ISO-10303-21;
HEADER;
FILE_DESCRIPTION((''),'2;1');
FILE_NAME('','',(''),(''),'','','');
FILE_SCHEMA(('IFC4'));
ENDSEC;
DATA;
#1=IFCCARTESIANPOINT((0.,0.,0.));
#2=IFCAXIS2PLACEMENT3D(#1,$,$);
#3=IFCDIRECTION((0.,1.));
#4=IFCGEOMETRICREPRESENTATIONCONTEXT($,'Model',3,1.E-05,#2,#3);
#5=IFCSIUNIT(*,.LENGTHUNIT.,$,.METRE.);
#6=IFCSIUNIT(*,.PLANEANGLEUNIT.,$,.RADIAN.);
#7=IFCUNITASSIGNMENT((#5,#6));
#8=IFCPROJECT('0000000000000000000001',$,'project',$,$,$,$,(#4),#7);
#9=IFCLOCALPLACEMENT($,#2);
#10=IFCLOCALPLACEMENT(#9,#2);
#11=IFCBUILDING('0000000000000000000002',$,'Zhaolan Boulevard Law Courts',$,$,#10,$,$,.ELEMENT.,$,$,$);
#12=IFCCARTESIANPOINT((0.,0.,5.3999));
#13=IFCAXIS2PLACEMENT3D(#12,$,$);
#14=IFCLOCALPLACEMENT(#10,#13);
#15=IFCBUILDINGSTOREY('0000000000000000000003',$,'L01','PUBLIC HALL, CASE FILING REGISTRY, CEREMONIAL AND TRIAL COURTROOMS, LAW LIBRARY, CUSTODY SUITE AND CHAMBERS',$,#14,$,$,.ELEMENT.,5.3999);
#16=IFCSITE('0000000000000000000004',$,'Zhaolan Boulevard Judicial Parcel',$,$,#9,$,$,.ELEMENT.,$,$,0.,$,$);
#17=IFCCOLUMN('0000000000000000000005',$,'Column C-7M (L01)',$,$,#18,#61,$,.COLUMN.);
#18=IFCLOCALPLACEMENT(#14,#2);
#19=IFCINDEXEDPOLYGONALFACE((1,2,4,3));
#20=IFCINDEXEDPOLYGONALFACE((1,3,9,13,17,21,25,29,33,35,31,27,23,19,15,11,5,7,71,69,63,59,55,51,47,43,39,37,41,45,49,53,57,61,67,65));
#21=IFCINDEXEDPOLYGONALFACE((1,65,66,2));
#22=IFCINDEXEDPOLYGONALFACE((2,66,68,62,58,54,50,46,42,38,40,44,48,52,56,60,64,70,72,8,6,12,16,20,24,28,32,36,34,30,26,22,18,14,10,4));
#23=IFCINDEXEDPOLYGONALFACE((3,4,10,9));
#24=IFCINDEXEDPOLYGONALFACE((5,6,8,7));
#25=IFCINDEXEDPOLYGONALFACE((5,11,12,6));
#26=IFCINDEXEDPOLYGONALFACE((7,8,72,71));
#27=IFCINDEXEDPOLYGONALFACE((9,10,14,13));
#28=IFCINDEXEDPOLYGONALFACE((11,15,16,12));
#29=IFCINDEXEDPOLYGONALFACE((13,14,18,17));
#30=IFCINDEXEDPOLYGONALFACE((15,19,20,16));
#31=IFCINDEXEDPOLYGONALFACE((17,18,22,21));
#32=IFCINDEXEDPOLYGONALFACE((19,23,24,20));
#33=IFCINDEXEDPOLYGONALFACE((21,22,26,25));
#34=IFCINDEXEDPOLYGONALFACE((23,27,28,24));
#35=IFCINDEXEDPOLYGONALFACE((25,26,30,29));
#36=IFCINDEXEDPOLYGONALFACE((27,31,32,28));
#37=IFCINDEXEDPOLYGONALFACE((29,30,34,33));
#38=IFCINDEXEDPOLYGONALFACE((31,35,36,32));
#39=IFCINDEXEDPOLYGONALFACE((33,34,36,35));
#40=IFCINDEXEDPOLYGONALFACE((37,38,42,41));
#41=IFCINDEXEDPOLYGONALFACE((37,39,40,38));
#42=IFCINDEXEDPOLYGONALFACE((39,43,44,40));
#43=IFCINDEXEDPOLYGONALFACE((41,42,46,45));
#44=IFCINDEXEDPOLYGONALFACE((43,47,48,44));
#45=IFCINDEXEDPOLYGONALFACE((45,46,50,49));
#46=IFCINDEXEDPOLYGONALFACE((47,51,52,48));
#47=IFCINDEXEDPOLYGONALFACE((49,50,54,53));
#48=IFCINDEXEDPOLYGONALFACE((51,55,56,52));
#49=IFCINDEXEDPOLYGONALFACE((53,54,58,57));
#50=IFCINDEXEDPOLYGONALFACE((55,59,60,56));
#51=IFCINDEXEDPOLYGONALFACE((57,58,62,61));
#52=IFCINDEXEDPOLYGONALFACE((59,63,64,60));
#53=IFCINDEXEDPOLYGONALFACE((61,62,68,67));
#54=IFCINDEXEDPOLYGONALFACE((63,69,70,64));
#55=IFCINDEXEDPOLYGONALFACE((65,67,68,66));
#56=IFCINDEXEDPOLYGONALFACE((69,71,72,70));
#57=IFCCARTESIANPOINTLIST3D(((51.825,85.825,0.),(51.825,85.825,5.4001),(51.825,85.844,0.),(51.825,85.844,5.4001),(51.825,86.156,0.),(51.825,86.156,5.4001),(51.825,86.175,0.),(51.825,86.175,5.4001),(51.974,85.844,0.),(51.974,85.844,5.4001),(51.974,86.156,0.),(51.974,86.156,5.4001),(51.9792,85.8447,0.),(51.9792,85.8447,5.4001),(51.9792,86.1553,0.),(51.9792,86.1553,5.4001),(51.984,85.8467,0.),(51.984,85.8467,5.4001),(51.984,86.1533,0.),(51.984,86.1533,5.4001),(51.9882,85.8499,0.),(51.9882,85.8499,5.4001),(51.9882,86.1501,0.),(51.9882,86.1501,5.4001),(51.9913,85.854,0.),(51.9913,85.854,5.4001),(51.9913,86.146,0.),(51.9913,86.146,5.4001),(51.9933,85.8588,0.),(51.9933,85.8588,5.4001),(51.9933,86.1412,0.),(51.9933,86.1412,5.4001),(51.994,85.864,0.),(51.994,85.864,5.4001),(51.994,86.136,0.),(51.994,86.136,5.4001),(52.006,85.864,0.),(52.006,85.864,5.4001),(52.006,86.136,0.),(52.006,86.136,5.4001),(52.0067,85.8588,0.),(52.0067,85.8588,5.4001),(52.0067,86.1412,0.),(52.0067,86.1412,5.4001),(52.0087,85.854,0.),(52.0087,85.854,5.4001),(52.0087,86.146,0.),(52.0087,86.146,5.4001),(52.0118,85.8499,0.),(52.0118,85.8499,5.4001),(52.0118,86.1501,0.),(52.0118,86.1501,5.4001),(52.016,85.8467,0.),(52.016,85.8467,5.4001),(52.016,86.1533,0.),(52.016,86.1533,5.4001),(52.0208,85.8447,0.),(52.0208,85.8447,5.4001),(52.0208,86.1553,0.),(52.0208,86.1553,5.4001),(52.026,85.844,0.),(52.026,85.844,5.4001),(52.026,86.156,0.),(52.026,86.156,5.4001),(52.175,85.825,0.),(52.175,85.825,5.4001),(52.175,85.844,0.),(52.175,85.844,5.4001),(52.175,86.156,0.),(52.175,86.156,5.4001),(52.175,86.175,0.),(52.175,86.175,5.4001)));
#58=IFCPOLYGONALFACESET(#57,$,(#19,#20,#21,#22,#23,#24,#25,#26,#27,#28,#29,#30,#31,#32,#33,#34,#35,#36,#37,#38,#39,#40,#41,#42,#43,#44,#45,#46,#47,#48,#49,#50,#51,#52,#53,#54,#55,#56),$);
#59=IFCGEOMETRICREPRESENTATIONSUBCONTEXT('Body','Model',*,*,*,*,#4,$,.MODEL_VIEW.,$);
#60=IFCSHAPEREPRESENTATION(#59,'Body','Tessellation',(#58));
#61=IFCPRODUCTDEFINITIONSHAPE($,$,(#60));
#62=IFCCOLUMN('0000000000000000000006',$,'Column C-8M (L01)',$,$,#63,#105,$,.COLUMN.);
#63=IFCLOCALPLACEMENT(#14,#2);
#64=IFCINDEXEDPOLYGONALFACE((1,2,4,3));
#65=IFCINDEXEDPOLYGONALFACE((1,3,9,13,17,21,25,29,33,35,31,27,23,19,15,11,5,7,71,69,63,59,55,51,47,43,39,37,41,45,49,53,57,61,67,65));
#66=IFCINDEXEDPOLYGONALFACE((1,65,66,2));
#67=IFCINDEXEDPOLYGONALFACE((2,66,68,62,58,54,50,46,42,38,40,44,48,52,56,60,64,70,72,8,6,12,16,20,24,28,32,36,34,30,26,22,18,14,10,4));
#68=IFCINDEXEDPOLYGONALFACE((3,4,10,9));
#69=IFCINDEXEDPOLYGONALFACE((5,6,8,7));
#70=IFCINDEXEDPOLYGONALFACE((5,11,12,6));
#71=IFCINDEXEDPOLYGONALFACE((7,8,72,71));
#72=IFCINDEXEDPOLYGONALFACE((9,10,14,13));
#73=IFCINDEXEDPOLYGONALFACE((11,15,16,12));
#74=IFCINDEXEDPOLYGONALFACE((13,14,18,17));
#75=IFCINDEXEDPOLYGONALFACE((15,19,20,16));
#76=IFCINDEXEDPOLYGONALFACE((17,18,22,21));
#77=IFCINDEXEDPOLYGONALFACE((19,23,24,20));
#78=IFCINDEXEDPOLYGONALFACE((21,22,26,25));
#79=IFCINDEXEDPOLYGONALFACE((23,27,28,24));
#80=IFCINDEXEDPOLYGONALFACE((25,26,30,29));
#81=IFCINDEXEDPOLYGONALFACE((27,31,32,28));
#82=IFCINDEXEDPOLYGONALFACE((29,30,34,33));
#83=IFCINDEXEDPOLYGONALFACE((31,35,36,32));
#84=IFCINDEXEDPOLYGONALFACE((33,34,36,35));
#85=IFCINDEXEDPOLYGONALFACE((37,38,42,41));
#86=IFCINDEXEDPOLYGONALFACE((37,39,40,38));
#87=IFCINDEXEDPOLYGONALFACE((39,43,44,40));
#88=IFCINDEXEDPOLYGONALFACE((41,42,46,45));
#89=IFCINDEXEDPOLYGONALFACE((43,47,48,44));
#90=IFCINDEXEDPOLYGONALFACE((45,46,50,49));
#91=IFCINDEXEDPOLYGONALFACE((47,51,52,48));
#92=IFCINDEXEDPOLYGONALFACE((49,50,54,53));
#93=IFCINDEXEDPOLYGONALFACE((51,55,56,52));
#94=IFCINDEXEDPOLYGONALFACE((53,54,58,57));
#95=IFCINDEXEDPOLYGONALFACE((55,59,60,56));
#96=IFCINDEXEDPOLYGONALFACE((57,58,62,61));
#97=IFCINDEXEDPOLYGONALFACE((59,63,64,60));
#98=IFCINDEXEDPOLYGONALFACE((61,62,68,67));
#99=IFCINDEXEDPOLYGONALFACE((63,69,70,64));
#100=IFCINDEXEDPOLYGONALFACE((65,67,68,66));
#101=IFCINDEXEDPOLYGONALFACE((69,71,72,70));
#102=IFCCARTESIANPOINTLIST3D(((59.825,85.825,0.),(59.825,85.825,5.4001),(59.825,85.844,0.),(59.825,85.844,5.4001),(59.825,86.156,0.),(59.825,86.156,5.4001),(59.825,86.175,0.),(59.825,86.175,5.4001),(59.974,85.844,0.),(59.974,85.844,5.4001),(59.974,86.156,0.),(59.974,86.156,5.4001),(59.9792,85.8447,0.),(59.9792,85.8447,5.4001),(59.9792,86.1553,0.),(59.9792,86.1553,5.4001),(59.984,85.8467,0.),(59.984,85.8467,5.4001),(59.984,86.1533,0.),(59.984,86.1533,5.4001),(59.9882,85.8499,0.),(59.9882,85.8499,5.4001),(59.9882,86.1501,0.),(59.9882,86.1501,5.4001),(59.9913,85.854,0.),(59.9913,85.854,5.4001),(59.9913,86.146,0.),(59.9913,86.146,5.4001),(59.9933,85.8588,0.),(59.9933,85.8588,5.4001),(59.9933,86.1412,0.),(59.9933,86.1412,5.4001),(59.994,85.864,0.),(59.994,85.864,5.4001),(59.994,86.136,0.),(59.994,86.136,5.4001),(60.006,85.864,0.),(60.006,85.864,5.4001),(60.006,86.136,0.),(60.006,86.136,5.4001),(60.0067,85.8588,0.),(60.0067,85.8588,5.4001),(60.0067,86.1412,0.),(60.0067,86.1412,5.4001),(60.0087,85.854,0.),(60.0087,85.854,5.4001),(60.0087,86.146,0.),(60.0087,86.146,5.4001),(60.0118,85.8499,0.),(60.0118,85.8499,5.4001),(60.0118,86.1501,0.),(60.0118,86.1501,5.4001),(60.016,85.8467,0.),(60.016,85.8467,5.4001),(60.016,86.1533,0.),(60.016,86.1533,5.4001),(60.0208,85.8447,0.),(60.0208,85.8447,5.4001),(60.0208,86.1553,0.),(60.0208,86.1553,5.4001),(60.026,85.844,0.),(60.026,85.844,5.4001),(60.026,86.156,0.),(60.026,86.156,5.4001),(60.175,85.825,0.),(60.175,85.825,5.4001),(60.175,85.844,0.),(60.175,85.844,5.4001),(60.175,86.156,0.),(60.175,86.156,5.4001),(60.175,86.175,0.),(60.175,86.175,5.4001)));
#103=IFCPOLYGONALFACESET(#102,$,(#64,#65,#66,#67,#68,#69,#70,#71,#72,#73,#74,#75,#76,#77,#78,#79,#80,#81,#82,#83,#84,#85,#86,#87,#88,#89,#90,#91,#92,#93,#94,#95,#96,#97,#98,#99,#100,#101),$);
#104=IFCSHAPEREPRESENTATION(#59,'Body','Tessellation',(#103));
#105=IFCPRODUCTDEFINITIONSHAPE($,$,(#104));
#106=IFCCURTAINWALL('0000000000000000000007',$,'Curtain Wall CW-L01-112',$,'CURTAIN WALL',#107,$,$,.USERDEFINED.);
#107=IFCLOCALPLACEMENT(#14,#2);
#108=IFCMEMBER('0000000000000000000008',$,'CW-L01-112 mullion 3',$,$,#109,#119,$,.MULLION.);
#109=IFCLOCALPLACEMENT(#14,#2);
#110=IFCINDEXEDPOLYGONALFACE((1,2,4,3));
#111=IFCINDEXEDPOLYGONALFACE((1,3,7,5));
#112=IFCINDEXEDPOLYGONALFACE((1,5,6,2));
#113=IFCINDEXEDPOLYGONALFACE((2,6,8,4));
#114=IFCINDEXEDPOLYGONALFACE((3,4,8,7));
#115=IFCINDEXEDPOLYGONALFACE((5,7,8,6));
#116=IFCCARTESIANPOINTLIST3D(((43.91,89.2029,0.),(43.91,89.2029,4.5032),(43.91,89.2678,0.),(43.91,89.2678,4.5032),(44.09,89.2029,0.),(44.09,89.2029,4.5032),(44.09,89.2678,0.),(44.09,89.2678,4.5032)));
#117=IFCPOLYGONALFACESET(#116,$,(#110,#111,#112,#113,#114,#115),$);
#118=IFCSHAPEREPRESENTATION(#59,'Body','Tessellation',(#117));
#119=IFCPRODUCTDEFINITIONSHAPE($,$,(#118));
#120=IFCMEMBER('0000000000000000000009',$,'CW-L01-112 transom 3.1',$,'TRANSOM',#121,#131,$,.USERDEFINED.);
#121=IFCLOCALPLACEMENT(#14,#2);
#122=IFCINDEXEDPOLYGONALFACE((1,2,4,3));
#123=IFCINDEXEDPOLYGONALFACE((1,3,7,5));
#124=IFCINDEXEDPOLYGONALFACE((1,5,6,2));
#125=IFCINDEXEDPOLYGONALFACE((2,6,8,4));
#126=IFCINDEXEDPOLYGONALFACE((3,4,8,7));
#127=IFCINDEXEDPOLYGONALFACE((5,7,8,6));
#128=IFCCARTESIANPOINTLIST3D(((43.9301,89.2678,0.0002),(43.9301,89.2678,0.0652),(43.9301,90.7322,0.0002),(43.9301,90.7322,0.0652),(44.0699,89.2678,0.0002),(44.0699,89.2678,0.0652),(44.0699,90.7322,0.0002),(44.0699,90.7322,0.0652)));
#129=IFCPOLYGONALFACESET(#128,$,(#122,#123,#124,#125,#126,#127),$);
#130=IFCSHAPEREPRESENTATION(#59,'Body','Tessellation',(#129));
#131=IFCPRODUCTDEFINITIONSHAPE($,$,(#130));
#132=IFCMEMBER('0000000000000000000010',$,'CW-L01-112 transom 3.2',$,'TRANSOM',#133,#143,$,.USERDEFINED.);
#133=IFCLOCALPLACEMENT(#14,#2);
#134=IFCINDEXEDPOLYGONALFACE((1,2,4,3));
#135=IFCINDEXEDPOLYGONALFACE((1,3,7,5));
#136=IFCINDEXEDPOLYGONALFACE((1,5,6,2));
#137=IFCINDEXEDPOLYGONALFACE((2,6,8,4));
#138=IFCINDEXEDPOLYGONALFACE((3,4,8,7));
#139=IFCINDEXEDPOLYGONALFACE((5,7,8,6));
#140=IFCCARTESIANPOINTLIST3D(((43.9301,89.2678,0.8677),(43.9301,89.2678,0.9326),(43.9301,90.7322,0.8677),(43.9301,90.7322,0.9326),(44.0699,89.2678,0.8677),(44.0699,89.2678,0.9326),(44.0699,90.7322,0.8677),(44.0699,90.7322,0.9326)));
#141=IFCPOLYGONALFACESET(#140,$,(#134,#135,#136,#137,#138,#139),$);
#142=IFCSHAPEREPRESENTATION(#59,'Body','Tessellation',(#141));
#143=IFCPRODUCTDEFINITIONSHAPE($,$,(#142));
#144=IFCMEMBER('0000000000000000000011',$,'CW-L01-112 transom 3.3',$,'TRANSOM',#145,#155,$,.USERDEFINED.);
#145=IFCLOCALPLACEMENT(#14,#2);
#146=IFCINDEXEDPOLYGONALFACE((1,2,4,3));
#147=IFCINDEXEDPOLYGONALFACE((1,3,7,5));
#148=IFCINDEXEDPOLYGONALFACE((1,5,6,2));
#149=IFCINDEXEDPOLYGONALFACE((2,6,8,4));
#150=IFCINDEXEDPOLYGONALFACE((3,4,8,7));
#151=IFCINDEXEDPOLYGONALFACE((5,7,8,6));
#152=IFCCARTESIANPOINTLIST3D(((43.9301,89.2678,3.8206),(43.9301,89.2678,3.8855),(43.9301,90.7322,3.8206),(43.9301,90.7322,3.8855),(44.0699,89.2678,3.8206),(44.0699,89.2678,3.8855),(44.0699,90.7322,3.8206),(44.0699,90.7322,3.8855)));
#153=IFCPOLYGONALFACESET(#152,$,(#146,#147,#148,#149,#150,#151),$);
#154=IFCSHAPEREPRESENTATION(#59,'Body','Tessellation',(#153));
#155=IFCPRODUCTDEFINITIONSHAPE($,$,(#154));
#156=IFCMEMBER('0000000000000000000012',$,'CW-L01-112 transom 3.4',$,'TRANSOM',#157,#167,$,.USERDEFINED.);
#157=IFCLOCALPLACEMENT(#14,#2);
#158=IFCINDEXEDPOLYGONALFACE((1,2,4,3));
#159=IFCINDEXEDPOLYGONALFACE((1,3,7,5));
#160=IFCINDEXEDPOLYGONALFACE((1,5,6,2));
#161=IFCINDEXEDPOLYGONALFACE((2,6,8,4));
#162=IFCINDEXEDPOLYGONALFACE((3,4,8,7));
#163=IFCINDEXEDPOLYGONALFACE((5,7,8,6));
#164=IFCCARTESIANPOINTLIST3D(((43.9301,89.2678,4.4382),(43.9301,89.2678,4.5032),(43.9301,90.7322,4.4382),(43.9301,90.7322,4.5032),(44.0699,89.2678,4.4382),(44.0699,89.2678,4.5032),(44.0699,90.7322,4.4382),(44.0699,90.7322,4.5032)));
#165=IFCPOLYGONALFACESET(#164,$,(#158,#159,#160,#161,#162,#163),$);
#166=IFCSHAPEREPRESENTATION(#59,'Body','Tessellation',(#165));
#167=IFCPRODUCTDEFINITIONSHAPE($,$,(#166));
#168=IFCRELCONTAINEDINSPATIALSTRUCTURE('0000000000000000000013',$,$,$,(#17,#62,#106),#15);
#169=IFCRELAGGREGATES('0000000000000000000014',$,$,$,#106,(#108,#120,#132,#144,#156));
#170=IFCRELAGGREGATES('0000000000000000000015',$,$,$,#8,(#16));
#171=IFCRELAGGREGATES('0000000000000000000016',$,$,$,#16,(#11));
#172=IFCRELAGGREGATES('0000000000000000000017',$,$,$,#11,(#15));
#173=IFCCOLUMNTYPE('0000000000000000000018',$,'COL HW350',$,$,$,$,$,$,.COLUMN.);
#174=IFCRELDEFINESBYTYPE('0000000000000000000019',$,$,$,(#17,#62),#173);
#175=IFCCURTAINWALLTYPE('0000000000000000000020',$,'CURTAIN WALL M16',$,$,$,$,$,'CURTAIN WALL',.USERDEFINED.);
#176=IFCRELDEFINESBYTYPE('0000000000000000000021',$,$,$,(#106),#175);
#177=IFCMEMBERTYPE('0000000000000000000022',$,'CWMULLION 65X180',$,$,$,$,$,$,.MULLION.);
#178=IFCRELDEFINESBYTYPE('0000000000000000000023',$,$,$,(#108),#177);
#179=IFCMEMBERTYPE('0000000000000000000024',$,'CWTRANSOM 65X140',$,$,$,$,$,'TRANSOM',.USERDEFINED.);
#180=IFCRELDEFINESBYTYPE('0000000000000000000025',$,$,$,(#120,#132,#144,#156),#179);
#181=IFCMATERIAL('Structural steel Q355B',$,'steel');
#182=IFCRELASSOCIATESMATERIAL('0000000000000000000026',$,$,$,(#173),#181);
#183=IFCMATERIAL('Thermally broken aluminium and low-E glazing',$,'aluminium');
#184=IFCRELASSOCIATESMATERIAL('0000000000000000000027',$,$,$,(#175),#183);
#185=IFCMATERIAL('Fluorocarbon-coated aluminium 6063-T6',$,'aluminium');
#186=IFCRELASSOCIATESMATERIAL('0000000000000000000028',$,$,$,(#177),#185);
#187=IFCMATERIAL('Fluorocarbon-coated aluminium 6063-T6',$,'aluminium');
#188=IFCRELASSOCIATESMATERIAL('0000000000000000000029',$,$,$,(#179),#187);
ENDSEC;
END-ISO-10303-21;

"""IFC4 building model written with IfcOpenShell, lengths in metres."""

from ifc_helpers import new_model, si_unit, direction, frame, origin, origin_2d, place, context, subcontext, project, spatial, rectangle, i_section, extrude, material, material_profile, profile_set, type_object, element, aggregate, save


model = new_model("IFC4")

# Units and contexts
model_context = context("Model", 3, precision=1e-05, world=origin(), true_north=direction((0.0, 1.0)))
body_context = subcontext(model_context, "Body", "Model", "MODEL_VIEW")
ifc_project = project(units=[si_unit("LENGTHUNIT", "METRE"), si_unit("PLANEANGLEUNIT", "RADIAN")], contexts=[model_context])

# Site, building, storey
site_placement = place(None, origin())
site = spatial("IfcSite", under=ifc_project, at=site_placement, Name="Zhaolan Boulevard Judicial Parcel", CompositionType="ELEMENT", RefElevation=0.0)
building_placement = place(site_placement, origin())
building = spatial("IfcBuilding", under=site, at=building_placement, Name="Zhaolan Boulevard Law Courts", CompositionType="ELEMENT")
storey_placement = place(building_placement, frame((0.0, 0.0, 5.3999)))
storey = spatial("IfcBuildingStorey", under=building, at=storey_placement, Name="L01", Description="PUBLIC HALL, CASE FILING REGISTRY, CEREMONIAL AND TRIAL COURTROOMS, LAW LIBRARY, CUSTODY SUITE AND CHAMBERS", CompositionType="ELEMENT", Elevation=5.3999)

# Columns
ifc_material_1 = material(Name="Structural steel Q355B", Category="steel")
ifc_material_profile_1 = material_profile(ifc_material_1, i_section(OverallWidth=0.3501, OverallDepth=0.3501, WebThickness=0.012, FlangeThickness=0.019, FilletRadius=0.02, at=origin_2d()), Name="HW350x350")
ifc_profile_set_1 = profile_set([ifc_material_profile_1], Name="Structural steel Q355B")
column_type = type_object("IfcColumnType", Name="COL HW350", PredefinedType="COLUMN", material=ifc_profile_set_1)
for number, where, z_axis, x_axis, name in (
    (1, (52.0, 86.0, 0.0), (0.0, 0.0, 1.0), (1.0, 0.0, 0.0), "Column C-7M (L01)"),
    (2, (60.0, 86.0, 0.0), (0.0, 0.0, 1.0), (1.0, 0.0, 0.0), "Column C-8M (L01)"),
):
    element("IfcColumn", number, at=place(storey_placement, frame(where, z_axis=z_axis, x_axis=x_axis)), inside=storey, type_object=column_type, Name=name, PredefinedType="COLUMN", context=body_context, shape_type="SweptSolid", body=[
        extrude(i_section(OverallWidth=0.3501, OverallDepth=0.3501, WebThickness=0.012, FlangeThickness=0.019, FilletRadius=0.02, at=origin_2d()), origin(), (0.0, 0.0, 1.0), 5.4001),
    ])

# Curtain wall, members
ifc_material_2 = material(Name="Thermally broken aluminium and low-E glazing", Category="aluminium")
curtain_wall_type = type_object("IfcCurtainWallType", Name="CURTAIN WALL M16", ElementType="CURTAIN WALL", PredefinedType="USERDEFINED", material=ifc_material_2)
curtain_wall_placement = place(storey_placement, origin())
curtain_wall = element("IfcCurtainWall", 3, at=curtain_wall_placement, inside=storey, type_object=curtain_wall_type, Name="Curtain Wall CW-L01-112", ObjectType="CURTAIN WALL", PredefinedType="USERDEFINED")
ifc_material_3 = material(Name="Fluorocarbon-coated aluminium 6063-T6", Category="aluminium")
ifc_material_profile_2 = material_profile(ifc_material_3, rectangle(XDim=0.1799, YDim=0.0649, at=origin_2d()), Name="AL65x180")
ifc_profile_set_2 = profile_set([ifc_material_profile_2], Name="Fluorocarbon-coated aluminium 6063-T6")
member_type_1 = type_object("IfcMemberType", Name="CWMULLION 65X180", PredefinedType="MULLION", material=ifc_profile_set_2)
member_1_placement = place(storey_placement, frame((44.0, 89.2354, 0.0), z_axis=(0.0, 0.0, 1.0), x_axis=(-1.0, 0.0, 0.0)))
member_1 = element("IfcMember", 4, at=member_1_placement, type_object=member_type_1, Name="CW-L01-112 mullion 3", PredefinedType="MULLION", context=body_context, shape_type="SweptSolid", body=[
    extrude(rectangle(XDim=0.1799, YDim=0.0649, at=origin_2d()), origin(), (0.0, 0.0, 1.0), 4.5032),
])
ifc_material_4 = material(Name="Fluorocarbon-coated aluminium 6063-T6", Category="aluminium")
ifc_material_profile_3 = material_profile(ifc_material_4, rectangle(XDim=0.1399, YDim=0.0649, at=origin_2d()), Name="AL65x140")
ifc_profile_set_3 = profile_set([ifc_material_profile_3], Name="Fluorocarbon-coated aluminium 6063-T6")
member_type_2 = type_object("IfcMemberType", Name="CWTRANSOM 65X140", ElementType="TRANSOM", PredefinedType="USERDEFINED", material=ifc_profile_set_3)
member_2_placement = place(storey_placement, frame((44.0, 89.2678, 0.0327), z_axis=(0.0, 1.0, 0.0), x_axis=(-1.0, 0.0, 0.0)))
member_2 = element("IfcMember", 5, at=member_2_placement, type_object=member_type_2, Name="CW-L01-112 transom 3.1", ObjectType="TRANSOM", PredefinedType="USERDEFINED", context=body_context, shape_type="SweptSolid", body=[
    extrude(rectangle(XDim=0.1399, YDim=0.0649, at=origin_2d()), origin(), (0.0, 0.0, 1.0), 1.4644),
])
member_3_placement = place(storey_placement, frame((44.0, 89.2678, 0.9001), z_axis=(0.0, 1.0, 0.0), x_axis=(-1.0, 0.0, 0.0)))
member_3 = element("IfcMember", 6, at=member_3_placement, type_object=member_type_2, Name="CW-L01-112 transom 3.2", ObjectType="TRANSOM", PredefinedType="USERDEFINED", context=body_context, shape_type="SweptSolid", body=[
    extrude(rectangle(XDim=0.1399, YDim=0.0649, at=origin_2d()), origin(), (0.0, 0.0, 1.0), 1.4644),
])
member_4_placement = place(storey_placement, frame((44.0, 89.2678, 3.853), z_axis=(0.0, 1.0, 0.0), x_axis=(-1.0, 0.0, 0.0)))
member_4 = element("IfcMember", 7, at=member_4_placement, type_object=member_type_2, Name="CW-L01-112 transom 3.3", ObjectType="TRANSOM", PredefinedType="USERDEFINED", context=body_context, shape_type="SweptSolid", body=[
    extrude(rectangle(XDim=0.1399, YDim=0.0649, at=origin_2d()), origin(), (0.0, 0.0, 1.0), 1.4644),
])
member_5_placement = place(storey_placement, frame((44.0, 89.2678, 4.4707), z_axis=(0.0, 1.0, 0.0), x_axis=(-1.0, 0.0, 0.0)))
member_5 = element("IfcMember", 8, at=member_5_placement, type_object=member_type_2, Name="CW-L01-112 transom 3.4", ObjectType="TRANSOM", PredefinedType="USERDEFINED", context=body_context, shape_type="SweptSolid", body=[
    extrude(rectangle(XDim=0.1399, YDim=0.0649, at=origin_2d()), origin(), (0.0, 0.0, 1.0), 1.4644),
])

aggregate(curtain_wall, [member_1, member_2, member_3, member_4, member_5])

save(model, "model.ifc")
